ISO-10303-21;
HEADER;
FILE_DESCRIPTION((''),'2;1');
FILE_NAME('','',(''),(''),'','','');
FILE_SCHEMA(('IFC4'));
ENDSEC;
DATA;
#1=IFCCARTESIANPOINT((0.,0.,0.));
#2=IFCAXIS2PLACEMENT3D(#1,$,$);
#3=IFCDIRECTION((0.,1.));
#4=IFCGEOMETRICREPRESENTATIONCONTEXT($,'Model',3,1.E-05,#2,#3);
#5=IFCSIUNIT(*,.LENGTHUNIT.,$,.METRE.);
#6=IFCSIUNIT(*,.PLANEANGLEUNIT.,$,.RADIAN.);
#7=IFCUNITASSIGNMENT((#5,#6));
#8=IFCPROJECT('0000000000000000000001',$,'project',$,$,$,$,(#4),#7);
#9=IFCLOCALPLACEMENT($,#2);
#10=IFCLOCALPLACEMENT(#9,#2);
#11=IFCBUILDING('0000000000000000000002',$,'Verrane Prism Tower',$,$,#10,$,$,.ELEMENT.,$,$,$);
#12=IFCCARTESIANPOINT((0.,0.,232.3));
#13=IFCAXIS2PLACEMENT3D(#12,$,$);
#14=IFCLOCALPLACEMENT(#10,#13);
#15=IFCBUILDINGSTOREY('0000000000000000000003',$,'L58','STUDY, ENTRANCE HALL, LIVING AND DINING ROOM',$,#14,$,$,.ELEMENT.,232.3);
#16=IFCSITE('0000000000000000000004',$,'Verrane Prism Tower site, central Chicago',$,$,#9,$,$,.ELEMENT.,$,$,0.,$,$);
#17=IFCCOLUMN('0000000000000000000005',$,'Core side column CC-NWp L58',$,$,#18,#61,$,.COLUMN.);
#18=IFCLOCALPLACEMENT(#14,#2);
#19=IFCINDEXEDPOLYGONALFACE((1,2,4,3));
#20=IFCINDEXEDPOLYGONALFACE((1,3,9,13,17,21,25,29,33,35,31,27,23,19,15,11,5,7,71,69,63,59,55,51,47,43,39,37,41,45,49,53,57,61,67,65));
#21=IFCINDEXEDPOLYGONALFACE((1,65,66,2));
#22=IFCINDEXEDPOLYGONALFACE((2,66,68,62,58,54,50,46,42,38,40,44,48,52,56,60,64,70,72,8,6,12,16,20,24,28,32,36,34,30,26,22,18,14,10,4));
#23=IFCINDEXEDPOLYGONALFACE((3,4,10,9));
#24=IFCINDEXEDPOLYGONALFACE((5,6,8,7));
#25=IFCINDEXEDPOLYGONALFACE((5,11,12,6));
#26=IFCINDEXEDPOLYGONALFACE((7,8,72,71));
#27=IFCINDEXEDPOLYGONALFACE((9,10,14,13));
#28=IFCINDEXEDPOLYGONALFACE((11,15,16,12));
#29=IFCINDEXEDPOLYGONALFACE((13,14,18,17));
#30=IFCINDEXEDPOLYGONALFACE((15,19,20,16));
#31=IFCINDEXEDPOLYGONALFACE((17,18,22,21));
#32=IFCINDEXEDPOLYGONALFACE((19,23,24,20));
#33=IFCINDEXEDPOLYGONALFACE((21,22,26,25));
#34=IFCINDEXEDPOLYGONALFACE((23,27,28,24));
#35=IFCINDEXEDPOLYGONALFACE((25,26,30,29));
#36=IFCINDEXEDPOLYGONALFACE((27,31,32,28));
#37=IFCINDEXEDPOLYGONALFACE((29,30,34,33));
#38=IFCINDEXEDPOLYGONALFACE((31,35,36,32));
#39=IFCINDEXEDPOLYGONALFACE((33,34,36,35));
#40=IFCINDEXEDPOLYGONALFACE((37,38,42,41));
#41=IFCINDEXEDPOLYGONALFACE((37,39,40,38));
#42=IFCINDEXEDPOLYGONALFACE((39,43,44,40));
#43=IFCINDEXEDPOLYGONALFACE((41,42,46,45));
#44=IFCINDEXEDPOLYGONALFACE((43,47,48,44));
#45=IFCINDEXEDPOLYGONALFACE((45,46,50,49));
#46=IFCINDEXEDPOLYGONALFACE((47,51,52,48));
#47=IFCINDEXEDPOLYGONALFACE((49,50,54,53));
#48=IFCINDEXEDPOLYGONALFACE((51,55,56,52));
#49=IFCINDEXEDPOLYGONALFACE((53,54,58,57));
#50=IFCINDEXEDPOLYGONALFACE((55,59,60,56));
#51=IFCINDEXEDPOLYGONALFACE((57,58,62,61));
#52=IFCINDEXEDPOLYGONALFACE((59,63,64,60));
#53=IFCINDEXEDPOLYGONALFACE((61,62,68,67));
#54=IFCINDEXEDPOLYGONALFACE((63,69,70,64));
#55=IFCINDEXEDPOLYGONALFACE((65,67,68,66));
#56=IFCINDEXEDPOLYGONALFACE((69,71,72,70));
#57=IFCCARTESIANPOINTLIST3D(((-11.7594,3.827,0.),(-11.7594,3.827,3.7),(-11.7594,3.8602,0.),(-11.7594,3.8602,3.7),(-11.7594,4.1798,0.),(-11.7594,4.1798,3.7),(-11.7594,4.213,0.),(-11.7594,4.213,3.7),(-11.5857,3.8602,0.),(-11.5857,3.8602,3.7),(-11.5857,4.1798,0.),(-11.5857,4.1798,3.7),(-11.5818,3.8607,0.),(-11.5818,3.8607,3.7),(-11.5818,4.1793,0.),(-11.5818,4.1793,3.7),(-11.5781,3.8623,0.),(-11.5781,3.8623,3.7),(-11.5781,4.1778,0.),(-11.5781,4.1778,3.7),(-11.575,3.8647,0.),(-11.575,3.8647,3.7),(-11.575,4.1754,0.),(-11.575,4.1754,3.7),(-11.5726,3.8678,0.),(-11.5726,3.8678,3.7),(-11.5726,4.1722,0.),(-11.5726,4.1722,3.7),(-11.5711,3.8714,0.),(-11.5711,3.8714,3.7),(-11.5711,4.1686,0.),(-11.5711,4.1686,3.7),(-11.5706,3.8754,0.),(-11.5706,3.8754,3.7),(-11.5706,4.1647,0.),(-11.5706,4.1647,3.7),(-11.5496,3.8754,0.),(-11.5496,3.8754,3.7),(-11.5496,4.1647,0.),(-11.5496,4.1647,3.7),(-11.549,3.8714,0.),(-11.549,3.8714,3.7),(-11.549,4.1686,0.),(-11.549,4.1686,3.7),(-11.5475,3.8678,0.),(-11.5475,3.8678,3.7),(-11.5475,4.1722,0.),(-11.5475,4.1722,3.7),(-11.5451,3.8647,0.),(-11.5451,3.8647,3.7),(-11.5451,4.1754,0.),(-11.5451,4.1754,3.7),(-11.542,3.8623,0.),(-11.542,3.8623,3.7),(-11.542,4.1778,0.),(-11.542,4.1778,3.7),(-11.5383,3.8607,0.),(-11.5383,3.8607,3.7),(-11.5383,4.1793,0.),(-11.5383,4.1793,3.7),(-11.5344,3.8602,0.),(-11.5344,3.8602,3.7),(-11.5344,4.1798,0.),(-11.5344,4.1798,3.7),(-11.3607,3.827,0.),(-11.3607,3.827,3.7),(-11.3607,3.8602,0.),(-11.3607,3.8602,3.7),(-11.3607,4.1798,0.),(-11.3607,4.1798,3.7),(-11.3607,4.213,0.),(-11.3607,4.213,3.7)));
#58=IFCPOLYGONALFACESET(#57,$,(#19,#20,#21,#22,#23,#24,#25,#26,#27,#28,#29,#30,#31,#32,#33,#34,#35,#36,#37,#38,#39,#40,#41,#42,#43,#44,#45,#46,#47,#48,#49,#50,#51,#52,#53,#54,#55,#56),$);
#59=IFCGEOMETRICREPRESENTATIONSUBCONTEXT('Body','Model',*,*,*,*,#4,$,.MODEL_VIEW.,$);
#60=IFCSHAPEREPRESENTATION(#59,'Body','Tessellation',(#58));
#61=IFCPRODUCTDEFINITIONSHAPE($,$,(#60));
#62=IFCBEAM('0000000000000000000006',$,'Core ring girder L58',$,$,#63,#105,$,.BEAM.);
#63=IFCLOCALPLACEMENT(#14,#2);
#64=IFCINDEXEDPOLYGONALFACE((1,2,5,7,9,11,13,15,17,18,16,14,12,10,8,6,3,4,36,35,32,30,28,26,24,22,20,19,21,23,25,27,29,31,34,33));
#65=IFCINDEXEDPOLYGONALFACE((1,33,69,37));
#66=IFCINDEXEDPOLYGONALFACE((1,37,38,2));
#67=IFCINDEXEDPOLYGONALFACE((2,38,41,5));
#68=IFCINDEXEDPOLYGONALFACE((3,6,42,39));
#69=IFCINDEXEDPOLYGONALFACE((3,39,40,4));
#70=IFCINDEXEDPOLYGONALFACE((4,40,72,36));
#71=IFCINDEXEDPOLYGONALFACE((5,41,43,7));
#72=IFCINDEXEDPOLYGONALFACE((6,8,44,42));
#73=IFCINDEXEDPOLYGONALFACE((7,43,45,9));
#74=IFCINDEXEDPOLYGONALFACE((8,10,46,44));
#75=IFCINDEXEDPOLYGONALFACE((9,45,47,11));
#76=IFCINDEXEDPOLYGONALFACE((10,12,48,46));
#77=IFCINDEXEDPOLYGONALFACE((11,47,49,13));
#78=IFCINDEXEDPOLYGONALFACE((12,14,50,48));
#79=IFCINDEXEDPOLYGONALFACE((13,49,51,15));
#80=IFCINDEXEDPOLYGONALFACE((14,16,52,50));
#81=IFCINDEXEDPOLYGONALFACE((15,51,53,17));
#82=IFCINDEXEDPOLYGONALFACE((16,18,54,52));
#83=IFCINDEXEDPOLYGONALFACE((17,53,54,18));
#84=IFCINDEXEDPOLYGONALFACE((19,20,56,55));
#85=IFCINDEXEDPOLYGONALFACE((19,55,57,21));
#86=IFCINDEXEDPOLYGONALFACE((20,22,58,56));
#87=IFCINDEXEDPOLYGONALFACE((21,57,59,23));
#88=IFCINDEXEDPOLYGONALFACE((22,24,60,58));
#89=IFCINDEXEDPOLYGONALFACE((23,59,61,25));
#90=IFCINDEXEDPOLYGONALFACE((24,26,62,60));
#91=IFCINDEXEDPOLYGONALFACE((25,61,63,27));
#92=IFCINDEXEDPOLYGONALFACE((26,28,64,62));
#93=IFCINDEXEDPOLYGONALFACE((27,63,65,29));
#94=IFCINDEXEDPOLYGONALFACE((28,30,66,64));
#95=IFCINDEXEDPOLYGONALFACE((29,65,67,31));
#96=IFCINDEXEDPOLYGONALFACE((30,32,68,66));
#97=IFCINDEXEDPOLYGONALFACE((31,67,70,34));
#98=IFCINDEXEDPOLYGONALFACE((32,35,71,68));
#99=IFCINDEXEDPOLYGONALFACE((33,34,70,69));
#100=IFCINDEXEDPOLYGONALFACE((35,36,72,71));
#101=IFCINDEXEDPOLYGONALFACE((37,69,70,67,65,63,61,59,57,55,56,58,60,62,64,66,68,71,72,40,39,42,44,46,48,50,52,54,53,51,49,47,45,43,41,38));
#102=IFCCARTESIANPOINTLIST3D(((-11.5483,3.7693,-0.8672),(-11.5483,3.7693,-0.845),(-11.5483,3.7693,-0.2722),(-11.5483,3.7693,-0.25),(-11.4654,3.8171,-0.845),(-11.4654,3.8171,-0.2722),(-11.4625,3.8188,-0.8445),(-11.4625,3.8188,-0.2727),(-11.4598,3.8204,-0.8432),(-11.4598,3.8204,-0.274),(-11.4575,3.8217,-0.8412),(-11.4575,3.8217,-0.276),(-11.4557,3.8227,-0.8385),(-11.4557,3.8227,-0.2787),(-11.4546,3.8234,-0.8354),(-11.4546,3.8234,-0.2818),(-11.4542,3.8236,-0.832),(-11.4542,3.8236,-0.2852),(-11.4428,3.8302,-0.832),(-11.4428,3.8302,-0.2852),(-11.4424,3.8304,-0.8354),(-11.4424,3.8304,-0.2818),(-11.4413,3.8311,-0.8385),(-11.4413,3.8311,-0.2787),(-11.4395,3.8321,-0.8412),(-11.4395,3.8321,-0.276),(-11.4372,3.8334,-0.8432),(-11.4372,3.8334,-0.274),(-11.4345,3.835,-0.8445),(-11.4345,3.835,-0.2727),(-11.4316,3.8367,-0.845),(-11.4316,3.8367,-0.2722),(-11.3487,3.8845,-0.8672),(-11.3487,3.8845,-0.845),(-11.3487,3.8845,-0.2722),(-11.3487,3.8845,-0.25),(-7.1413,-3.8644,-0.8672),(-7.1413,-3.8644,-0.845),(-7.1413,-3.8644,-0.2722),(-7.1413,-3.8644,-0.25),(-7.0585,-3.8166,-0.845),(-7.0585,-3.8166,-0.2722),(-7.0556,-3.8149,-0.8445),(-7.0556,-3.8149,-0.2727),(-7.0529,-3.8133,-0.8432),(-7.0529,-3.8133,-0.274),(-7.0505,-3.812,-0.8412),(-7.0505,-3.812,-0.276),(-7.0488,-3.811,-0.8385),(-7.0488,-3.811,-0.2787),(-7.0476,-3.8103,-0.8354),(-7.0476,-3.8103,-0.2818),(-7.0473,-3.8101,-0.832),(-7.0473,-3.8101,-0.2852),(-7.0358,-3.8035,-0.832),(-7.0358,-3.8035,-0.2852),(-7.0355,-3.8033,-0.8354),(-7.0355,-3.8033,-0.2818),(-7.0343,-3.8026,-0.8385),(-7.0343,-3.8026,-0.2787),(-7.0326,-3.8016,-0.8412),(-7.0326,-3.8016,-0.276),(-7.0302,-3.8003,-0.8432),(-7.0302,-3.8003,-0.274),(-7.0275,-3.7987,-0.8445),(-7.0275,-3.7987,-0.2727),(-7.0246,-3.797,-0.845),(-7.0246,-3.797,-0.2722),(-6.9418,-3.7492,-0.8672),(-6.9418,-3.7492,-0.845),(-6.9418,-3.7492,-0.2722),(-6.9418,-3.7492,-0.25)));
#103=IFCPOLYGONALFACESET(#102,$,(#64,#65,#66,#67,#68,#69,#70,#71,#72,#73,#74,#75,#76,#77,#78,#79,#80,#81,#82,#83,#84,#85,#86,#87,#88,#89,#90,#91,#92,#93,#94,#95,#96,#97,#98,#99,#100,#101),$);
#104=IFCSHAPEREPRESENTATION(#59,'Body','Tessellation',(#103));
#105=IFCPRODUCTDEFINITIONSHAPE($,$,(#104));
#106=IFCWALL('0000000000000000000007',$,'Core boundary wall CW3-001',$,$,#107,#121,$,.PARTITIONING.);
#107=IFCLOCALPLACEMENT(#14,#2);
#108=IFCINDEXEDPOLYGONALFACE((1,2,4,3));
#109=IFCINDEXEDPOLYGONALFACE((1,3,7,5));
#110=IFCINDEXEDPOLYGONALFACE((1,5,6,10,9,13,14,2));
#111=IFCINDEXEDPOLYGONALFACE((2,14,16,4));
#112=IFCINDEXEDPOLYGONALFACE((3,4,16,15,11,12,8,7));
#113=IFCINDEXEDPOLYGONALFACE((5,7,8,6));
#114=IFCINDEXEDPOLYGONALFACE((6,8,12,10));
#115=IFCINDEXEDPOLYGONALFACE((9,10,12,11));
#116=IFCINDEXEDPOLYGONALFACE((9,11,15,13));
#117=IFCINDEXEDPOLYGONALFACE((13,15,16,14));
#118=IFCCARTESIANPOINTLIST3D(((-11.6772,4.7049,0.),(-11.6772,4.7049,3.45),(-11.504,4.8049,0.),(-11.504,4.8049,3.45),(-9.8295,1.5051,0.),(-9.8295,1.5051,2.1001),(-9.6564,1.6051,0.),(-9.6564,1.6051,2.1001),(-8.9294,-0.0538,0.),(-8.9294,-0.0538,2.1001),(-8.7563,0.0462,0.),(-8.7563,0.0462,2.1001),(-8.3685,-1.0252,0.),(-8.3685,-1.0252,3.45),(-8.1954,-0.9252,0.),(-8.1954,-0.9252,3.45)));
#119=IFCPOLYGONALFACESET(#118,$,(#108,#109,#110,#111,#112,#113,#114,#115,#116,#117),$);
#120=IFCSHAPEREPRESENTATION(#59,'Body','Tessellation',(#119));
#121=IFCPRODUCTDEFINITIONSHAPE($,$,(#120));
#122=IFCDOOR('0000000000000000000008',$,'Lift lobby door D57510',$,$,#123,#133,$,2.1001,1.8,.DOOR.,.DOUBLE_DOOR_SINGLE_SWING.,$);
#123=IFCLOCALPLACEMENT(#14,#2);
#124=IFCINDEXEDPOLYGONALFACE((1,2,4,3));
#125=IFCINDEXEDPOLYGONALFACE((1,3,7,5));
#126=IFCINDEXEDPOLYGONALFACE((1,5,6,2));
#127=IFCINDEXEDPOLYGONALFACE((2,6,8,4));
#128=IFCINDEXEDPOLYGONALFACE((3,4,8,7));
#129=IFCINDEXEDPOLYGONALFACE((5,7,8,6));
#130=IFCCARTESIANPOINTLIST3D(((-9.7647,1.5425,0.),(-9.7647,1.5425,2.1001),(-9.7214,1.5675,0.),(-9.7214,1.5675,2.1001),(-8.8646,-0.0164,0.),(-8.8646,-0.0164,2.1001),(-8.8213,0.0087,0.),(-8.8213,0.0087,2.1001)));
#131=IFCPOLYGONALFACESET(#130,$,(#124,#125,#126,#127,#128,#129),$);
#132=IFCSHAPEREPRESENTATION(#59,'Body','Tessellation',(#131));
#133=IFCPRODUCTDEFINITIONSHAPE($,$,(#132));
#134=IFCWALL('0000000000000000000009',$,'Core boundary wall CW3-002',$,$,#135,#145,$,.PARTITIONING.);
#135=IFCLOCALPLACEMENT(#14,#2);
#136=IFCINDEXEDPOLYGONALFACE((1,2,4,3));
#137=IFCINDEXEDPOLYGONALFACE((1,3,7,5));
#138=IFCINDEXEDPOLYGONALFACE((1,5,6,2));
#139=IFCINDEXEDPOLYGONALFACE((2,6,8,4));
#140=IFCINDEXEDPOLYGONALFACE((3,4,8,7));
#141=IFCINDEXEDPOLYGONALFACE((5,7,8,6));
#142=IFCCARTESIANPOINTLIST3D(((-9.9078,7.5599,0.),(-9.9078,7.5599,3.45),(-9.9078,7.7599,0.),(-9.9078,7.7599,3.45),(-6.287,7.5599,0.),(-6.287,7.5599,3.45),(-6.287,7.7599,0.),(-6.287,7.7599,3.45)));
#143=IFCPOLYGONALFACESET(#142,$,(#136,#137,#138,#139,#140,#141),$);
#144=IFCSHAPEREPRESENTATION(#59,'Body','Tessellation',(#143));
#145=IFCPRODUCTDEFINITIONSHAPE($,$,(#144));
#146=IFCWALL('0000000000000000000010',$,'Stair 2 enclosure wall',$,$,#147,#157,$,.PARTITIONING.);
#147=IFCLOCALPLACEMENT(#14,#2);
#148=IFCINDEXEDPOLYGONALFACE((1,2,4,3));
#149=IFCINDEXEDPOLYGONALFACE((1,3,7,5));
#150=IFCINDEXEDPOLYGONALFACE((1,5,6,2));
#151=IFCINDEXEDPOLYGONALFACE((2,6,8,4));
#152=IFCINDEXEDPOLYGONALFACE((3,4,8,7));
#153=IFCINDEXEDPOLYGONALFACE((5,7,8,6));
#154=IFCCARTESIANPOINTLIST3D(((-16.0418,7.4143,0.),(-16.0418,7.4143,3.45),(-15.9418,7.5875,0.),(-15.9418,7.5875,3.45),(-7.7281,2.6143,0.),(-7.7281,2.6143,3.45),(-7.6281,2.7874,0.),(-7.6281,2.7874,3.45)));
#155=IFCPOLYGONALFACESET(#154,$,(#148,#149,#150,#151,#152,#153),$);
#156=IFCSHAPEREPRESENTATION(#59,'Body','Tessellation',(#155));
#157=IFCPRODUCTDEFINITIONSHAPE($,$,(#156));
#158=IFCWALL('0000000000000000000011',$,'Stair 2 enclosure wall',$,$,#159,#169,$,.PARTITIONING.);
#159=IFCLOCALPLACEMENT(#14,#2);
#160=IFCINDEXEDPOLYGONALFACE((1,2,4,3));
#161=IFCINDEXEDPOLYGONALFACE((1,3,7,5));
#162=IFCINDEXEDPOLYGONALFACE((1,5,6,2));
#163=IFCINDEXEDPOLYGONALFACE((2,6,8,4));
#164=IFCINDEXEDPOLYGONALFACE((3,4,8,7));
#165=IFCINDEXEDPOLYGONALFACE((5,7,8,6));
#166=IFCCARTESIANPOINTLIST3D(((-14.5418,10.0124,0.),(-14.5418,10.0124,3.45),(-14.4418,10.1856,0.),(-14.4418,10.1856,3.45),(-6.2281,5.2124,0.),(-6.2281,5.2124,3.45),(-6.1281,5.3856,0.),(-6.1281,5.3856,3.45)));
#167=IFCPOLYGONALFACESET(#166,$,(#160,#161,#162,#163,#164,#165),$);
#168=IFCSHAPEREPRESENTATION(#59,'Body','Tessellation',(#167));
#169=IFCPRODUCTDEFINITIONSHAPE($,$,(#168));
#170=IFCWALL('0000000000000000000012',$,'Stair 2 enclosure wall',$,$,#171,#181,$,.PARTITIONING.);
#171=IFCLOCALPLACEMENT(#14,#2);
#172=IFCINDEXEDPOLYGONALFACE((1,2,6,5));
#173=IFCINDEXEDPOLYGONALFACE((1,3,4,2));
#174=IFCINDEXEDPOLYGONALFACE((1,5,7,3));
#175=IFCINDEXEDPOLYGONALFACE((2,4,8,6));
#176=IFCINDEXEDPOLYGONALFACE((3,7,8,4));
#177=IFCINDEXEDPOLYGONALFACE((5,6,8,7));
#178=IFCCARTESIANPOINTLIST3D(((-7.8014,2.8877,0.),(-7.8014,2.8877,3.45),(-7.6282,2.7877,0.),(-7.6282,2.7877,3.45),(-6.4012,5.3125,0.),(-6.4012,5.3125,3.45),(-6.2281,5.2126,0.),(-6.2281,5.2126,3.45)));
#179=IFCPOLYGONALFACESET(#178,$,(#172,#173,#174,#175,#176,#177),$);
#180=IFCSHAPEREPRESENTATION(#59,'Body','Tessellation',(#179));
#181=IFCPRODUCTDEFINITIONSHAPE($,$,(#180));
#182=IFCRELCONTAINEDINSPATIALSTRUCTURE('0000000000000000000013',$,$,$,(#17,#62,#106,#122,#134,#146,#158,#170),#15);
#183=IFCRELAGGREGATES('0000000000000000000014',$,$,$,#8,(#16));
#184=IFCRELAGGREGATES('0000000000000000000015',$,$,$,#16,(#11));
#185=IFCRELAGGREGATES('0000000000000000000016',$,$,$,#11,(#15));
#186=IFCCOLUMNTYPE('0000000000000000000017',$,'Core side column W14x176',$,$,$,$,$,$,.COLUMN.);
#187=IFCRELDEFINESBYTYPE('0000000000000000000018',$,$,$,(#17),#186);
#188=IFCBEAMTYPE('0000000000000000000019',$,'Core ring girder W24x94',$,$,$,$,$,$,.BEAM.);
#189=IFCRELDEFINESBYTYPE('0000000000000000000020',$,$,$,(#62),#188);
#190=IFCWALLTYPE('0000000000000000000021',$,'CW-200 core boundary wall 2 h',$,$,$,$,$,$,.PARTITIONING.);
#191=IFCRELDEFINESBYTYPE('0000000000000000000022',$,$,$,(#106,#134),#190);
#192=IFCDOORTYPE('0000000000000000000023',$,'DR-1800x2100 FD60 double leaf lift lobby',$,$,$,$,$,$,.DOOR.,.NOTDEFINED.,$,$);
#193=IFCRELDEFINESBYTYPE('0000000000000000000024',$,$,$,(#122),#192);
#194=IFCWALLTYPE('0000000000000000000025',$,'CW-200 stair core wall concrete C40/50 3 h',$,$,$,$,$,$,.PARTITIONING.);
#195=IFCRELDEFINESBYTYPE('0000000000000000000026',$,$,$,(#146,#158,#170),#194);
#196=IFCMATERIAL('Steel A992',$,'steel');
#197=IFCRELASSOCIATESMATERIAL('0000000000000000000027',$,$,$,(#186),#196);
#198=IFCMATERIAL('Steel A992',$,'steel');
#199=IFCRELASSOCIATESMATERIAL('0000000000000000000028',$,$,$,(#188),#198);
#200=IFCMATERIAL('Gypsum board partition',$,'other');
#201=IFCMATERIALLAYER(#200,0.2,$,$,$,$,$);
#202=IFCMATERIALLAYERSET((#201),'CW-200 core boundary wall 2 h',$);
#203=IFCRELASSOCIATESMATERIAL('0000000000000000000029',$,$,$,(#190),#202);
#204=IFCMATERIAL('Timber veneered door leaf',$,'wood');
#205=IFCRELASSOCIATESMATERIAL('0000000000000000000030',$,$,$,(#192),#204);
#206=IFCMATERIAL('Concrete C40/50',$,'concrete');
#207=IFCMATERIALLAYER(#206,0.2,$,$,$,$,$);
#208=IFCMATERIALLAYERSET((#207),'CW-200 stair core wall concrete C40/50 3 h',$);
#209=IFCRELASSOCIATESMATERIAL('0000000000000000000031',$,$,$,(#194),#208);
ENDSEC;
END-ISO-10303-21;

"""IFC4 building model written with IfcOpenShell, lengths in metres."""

from ifc_helpers import new_model, si_unit, direction, frame, frame_2d, origin, origin_2d, place, context, subcontext, project, spatial, rectangle, i_section, extrude, material, layer, layer_set, material_profile, profile_set, type_object, element, fill, save


model = new_model("IFC4")

# Units and contexts
model_context = context("Model", 3, precision=1e-05, world=origin(), true_north=direction((0.0, 1.0)))
body_context = subcontext(model_context, "Body", "Model", "MODEL_VIEW")
ifc_project = project(units=[si_unit("LENGTHUNIT", "METRE"), si_unit("PLANEANGLEUNIT", "RADIAN")], contexts=[model_context])

# Site, building, storey
site_placement = place(None, origin())
site = spatial("IfcSite", under=ifc_project, at=site_placement, Name="Verrane Prism Tower site, central Chicago", CompositionType="ELEMENT", RefElevation=0.0)
building_placement = place(site_placement, origin())
building = spatial("IfcBuilding", under=site, at=building_placement, Name="Verrane Prism Tower", CompositionType="ELEMENT")
storey_placement = place(building_placement, frame((0.0, 0.0, 232.3)))
storey = spatial("IfcBuildingStorey", under=building, at=storey_placement, Name="L58", Description="STUDY, ENTRANCE HALL, LIVING AND DINING ROOM", CompositionType="ELEMENT", Elevation=232.3)

# Column
ifc_material_1 = material(Name="Steel A992", Category="steel")
ifc_material_profile_1 = material_profile(ifc_material_1, i_section(OverallWidth=0.3987, OverallDepth=0.386, WebThickness=0.021, FlangeThickness=0.0332, FilletRadius=0.0151, at=origin_2d()), Name="W14x176")
ifc_profile_set_1 = profile_set([ifc_material_profile_1], Name="Steel A992")
column_type = type_object("IfcColumnType", Name="Core side column W14x176", PredefinedType="COLUMN", material=ifc_profile_set_1)
column_placement = place(storey_placement, frame((-11.5601, 4.02, 0.0), z_axis=(0.0, 0.0, 1.0), x_axis=(1.0, 0.0, 0.0)))
element("IfcColumn", 1, at=column_placement, inside=storey, type_object=column_type, Name="Core side column CC-NWp L58", PredefinedType="COLUMN", context=body_context, shape_type="SweptSolid", body=[
    extrude(i_section(OverallWidth=0.3987, OverallDepth=0.386, WebThickness=0.021, FlangeThickness=0.0332, FilletRadius=0.0151, at=origin_2d()), origin(), (0.0, 0.0, 1.0), 3.7),
])

# Beam
ifc_material_2 = material(Name="Steel A992", Category="steel")
ifc_material_profile_2 = material_profile(ifc_material_2, i_section(OverallWidth=0.2305, OverallDepth=0.6172, WebThickness=0.0132, FlangeThickness=0.0222, FilletRadius=0.0129, at=origin_2d()), Name="W24x94")
ifc_profile_set_2 = profile_set([ifc_material_profile_2], Name="Steel A992")
beam_type = type_object("IfcBeamType", Name="Core ring girder W24x94", PredefinedType="BEAM", material=ifc_profile_set_2)
beam_placement = place(storey_placement, frame((-11.4485, 3.8269, -0.5586), z_axis=(0.499967, -0.866044, 0.0), x_axis=(0.866044, 0.499967, 0.0)))
element("IfcBeam", 2, at=beam_placement, inside=storey, type_object=beam_type, Name="Core ring girder L58", PredefinedType="BEAM", context=body_context, shape_type="SweptSolid", body=[
    extrude(i_section(OverallWidth=0.2305, OverallDepth=0.6172, WebThickness=0.0132, FlangeThickness=0.0222, FilletRadius=0.0129, at=origin_2d()), origin(), (0.0, 0.0, 1.0), 8.8145),
])

# Wall, opening, door
ifc_material_3 = material(Name="Gypsum board partition", Category="other")
ifc_layer_1 = layer(ifc_material_3, 0.2)
ifc_layer_set_1 = layer_set([ifc_layer_1], Name="CW-200 core boundary wall 2 h")
wall_type_1 = type_object("IfcWallType", Name="CW-200 core boundary wall 2 h", PredefinedType="PARTITIONING", material=ifc_layer_set_1)
wall_1_placement = place(storey_placement, frame((-11.5906, 4.7549, 0.0), z_axis=(0.0, 0.0, 1.0), x_axis=(0.500044, -0.866, 0.0)))
wall_1 = element("IfcWall", 3, at=wall_1_placement, inside=storey, type_object=wall_type_1, Name="Core boundary wall CW3-001", PredefinedType="PARTITIONING", context=body_context, shape_type="SweptSolid", body=[
    extrude(rectangle(XDim=6.6167, YDim=0.2, at=frame_2d((3.3083, 0.0))), origin(), (0.0, 0.0, 1.0), 3.45),
])
opening_1_placement = place(wall_1_placement, frame((3.6951, 0.0, 0.0)))
opening_1 = element("IfcOpeningElement", 4, at=opening_1_placement, cuts=wall_1, PredefinedType="OPENING", context=body_context, shape_type="SweptSolid", body=[
    extrude(rectangle(XDim=1.8, YDim=2.1001, at=frame_2d((0.8999, 1.05))), frame((0.0, 0.1099, 0.0), z_axis=(0.0, -1.0, 0.0), x_axis=(1.0, 0.0, 0.0)), (0.0, 0.0, 1.0), 0.22),
])
ifc_material_4 = material(Name="Timber veneered door leaf", Category="wood")
door_type_1 = type_object("IfcDoorType", Name="DR-1800x2100 FD60 double leaf lift lobby", OperationType="NOTDEFINED", PredefinedType="DOOR", material=ifc_material_4)
door_1_placement = place(opening_1_placement, origin())
door_1 = element("IfcDoor", 5, at=door_1_placement, inside=storey, type_object=door_type_1, Name="Lift lobby door D57510", OperationType="DOUBLE_DOOR_SINGLE_SWING", OverallHeight=2.1001, OverallWidth=1.8, PredefinedType="DOOR", context=body_context, shape_type="SweptSolid", body=[
    extrude(rectangle(XDim=1.8, YDim=2.1001, at=frame_2d((0.8999, 1.05))), frame((0.0, 0.0249, 0.0), z_axis=(0.0, -1.0, 0.0), x_axis=(1.0, 0.0, 0.0)), (0.0, 0.0, 1.0), 0.05),
])
fill(opening_1, door_1)

# Walls
wall_2_placement = place(storey_placement, frame((-9.908, 7.6599, 0.0), z_axis=(0.0, 0.0, 1.0), x_axis=(1.0, 0.0, 0.0)))
element("IfcWall", 6, at=wall_2_placement, inside=storey, type_object=wall_type_1, Name="Core boundary wall CW3-002", PredefinedType="PARTITIONING", context=body_context, shape_type="SweptSolid", body=[
    extrude(rectangle(XDim=3.6208, YDim=0.2, at=frame_2d((1.8105, 0.0))), origin(), (0.0, 0.0, 1.0), 3.45),
])
ifc_material_5 = material(Name="Concrete C40/50", Category="concrete")
ifc_layer_2 = layer(ifc_material_5, 0.2)
ifc_layer_set_2 = layer_set([ifc_layer_2], Name="CW-200 stair core wall concrete C40/50 3 h")
wall_type_2 = type_object("IfcWallType", Name="CW-200 stair core wall concrete C40/50 3 h", PredefinedType="PARTITIONING", material=ifc_layer_set_2)
for number, where, z_axis, x_axis, name in (
    (7, (-7.6782, 2.7009, 0.0), (0.0, 0.0, 1.0), (-0.86602, 0.500009, 0.0), "Stair 2 enclosure wall"),
    (8, (-6.1782, 5.2991, 0.0), (0.0, 0.0, 1.0), (-0.86602, 0.500009, 0.0), "Stair 2 enclosure wall"),
):
    element("IfcWall", number, at=place(storey_placement, frame(where, z_axis=z_axis, x_axis=x_axis)), inside=storey, type_object=wall_type_2, Name=name, PredefinedType="PARTITIONING", context=body_context, shape_type="SweptSolid", body=[
        extrude(rectangle(XDim=9.5999, YDim=0.2, at=frame_2d((4.7998, 0.0))), origin(), (0.0, 0.0, 1.0), 3.45),
    ])
wall_3_placement = place(storey_placement, frame((-6.3147, 5.2625, 0.0), z_axis=(0.0, 0.0, 1.0), x_axis=(-0.50005, -0.865997, 0.0)))
element("IfcWall", 9, at=wall_3_placement, inside=storey, type_object=wall_type_2, Name="Stair 2 enclosure wall", PredefinedType="PARTITIONING", context=body_context, shape_type="SweptSolid", body=[
    extrude(rectangle(XDim=2.8, YDim=0.2, at=frame_2d((1.3999, 0.0))), origin(), (0.0, 0.0, 1.0), 3.45),
])

save(model, "model.ifc")
